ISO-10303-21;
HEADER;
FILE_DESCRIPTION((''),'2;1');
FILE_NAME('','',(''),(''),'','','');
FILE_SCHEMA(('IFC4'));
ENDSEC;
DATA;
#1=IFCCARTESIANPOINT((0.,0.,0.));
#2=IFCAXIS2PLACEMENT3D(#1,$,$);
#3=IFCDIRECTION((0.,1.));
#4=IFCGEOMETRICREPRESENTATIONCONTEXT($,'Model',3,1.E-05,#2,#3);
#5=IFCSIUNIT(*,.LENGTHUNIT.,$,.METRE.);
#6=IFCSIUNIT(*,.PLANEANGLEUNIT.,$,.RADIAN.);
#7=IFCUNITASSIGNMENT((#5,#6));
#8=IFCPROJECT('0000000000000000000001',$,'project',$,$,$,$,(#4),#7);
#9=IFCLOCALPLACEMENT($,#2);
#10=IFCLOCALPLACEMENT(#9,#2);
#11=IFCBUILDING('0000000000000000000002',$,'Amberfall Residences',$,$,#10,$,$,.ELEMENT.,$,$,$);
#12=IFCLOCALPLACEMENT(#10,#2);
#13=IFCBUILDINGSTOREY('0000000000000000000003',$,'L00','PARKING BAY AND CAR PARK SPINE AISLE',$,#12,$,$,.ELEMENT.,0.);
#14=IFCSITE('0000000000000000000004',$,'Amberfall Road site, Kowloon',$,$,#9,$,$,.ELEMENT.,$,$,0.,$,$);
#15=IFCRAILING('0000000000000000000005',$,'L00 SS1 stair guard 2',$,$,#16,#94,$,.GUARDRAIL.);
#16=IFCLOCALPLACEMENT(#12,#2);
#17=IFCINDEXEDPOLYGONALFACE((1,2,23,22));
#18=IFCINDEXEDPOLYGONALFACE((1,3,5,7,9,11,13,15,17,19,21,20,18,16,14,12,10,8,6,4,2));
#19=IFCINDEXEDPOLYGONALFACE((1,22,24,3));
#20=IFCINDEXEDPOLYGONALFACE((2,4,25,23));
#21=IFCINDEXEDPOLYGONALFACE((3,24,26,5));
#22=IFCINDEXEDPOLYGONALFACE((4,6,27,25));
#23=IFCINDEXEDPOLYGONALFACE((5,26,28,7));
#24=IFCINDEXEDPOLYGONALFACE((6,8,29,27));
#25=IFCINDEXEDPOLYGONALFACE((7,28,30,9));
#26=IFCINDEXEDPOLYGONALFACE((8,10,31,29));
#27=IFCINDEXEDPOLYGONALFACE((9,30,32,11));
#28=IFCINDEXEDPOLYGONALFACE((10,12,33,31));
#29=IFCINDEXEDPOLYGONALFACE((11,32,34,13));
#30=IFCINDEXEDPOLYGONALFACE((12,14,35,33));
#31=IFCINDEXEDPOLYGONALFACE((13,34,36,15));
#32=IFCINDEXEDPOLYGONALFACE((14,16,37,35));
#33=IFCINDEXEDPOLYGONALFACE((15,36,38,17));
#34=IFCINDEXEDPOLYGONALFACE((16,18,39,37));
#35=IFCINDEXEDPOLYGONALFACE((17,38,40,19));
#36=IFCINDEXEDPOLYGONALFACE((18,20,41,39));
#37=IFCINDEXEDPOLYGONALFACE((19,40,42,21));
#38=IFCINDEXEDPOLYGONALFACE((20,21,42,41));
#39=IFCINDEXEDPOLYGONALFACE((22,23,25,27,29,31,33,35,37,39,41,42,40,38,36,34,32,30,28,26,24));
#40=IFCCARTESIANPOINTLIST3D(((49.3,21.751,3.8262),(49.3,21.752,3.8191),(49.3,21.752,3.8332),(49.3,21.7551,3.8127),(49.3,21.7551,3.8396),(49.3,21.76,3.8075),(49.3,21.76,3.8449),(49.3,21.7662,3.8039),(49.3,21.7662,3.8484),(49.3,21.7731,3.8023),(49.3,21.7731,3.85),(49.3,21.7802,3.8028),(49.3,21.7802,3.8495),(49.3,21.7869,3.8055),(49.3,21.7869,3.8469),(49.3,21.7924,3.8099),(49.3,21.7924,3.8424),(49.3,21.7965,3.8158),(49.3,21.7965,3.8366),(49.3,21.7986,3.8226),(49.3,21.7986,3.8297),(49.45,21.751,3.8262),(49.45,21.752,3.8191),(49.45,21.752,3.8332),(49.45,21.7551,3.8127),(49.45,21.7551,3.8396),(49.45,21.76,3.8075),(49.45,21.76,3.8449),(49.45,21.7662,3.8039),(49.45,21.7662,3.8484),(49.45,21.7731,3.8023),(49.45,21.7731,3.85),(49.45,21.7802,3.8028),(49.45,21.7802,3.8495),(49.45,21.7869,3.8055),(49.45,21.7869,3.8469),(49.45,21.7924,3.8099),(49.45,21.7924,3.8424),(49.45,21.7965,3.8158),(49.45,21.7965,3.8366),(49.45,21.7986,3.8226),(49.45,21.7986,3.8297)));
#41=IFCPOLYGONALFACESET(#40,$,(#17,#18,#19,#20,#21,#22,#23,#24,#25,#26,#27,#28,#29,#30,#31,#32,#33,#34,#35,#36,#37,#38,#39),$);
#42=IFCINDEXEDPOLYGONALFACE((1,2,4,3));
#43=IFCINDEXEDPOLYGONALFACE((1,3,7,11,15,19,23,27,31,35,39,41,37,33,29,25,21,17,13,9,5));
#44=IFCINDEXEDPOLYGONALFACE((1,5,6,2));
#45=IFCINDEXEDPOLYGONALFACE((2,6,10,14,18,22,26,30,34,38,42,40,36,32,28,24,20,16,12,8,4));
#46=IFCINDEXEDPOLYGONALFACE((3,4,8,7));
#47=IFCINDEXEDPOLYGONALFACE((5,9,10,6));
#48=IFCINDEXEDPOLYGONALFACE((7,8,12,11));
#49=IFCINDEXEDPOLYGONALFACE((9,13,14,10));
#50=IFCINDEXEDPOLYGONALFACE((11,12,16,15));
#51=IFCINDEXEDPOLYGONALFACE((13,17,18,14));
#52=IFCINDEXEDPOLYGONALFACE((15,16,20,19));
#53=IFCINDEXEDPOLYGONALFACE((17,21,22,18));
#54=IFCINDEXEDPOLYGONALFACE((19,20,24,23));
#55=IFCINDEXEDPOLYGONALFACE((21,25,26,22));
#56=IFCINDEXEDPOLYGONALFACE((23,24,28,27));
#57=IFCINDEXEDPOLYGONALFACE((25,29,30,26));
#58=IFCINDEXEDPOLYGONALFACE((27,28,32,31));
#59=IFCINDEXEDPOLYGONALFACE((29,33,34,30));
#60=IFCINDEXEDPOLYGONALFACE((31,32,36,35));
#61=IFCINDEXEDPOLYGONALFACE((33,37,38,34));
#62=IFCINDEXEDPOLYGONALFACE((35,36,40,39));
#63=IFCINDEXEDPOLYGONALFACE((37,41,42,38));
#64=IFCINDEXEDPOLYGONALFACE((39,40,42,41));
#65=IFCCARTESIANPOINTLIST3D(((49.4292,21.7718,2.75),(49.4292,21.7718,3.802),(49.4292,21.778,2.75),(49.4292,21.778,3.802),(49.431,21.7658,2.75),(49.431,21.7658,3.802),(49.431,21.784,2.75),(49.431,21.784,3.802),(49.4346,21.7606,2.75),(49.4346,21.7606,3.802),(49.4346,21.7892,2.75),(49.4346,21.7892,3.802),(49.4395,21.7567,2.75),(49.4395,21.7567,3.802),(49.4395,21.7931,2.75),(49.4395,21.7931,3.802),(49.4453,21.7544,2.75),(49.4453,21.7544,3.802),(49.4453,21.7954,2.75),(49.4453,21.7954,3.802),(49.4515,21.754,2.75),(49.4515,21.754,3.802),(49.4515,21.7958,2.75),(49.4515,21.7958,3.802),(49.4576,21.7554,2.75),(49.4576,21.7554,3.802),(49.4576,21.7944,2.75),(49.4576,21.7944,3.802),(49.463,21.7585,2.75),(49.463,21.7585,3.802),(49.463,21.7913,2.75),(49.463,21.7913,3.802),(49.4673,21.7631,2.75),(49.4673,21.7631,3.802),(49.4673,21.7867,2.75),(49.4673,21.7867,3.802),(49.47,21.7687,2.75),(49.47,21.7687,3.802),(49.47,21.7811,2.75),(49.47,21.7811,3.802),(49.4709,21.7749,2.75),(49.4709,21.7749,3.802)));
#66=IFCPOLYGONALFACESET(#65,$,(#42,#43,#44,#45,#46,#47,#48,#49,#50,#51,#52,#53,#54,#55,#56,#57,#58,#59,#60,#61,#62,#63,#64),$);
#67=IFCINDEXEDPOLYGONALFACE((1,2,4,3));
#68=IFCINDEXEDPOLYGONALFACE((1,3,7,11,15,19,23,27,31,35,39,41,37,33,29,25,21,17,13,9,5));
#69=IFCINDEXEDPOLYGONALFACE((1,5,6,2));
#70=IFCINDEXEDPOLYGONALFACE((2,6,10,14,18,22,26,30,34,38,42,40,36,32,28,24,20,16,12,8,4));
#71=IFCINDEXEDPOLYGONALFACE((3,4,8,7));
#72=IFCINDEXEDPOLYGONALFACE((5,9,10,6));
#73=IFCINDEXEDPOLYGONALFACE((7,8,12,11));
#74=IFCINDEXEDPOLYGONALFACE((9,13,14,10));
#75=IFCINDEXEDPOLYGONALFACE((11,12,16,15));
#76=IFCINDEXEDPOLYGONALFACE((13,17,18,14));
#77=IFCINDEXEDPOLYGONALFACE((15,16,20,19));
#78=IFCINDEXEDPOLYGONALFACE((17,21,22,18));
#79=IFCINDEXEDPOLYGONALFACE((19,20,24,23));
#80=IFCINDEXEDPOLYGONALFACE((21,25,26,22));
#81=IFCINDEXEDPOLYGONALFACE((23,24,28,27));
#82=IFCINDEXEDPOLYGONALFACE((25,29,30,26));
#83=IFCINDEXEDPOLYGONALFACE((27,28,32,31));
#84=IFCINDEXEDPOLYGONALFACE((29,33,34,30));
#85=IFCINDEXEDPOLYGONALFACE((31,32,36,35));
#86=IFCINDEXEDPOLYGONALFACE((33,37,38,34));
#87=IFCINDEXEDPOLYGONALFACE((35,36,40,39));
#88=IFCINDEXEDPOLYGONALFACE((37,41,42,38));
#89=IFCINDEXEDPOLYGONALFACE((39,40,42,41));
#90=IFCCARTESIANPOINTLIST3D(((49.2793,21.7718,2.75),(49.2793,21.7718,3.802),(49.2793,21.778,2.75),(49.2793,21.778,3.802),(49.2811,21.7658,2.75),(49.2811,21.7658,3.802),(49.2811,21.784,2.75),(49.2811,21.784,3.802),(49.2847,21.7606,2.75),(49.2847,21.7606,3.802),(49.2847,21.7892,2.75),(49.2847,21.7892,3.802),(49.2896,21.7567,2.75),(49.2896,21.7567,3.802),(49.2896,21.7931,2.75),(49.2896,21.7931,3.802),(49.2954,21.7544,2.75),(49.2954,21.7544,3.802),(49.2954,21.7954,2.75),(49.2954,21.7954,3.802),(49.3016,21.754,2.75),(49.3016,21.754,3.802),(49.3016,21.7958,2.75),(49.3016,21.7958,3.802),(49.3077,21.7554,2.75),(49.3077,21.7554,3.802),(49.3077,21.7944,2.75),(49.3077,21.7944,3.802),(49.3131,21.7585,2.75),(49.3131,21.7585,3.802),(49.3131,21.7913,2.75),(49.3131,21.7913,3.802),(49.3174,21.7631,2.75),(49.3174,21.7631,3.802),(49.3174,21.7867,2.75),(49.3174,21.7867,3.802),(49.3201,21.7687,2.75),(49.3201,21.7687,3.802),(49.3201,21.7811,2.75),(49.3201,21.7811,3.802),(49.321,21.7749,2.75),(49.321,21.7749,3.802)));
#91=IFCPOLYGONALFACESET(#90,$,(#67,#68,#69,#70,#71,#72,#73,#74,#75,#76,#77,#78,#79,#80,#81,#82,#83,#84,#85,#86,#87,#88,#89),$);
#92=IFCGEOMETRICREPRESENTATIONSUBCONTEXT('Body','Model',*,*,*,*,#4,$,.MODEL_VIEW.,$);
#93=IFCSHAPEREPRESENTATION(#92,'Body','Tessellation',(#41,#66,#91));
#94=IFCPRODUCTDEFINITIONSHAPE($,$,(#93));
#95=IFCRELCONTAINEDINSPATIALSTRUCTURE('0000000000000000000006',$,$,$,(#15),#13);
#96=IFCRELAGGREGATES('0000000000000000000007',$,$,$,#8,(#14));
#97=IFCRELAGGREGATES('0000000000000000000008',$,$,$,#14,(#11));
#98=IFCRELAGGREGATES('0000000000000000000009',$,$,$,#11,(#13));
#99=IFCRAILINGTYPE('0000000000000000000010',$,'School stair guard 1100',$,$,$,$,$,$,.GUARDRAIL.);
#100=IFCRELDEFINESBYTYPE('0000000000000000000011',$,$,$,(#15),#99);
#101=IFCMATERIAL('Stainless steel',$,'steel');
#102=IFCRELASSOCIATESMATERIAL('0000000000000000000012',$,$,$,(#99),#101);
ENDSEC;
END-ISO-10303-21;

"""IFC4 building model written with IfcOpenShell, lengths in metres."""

from ifc_helpers import new_model, si_unit, direction, frame, origin, origin_2d, place, context, subcontext, project, spatial, circle, extrude, material, type_object, element, save


model = new_model("IFC4")

# Units and contexts
model_context = context("Model", 3, precision=1e-05, world=origin(), true_north=direction((0.0, 1.0)))
body_context = subcontext(model_context, "Body", "Model", "MODEL_VIEW")
ifc_project = project(units=[si_unit("LENGTHUNIT", "METRE"), si_unit("PLANEANGLEUNIT", "RADIAN")], contexts=[model_context])

# Site, building, storey
site_placement = place(None, origin())
site = spatial("IfcSite", under=ifc_project, at=site_placement, Name="Amberfall Road site, Kowloon", CompositionType="ELEMENT", RefElevation=0.0)
building_placement = place(site_placement, origin())
building = spatial("IfcBuilding", under=site, at=building_placement, Name="Amberfall Residences", CompositionType="ELEMENT")
storey_placement = place(building_placement, origin())
storey = spatial("IfcBuildingStorey", under=building, at=storey_placement, Name="L00", Description="PARKING BAY AND CAR PARK SPINE AISLE", CompositionType="ELEMENT", Elevation=0.0)

# Railing
ifc_material_1 = material(Name="Stainless steel", Category="steel")
railing_type_1 = type_object("IfcRailingType", Name="School stair guard 1100", PredefinedType="GUARDRAIL", material=ifc_material_1)
railing_1_placement = place(storey_placement, frame((49.45, 21.7749, 2.75)))
element("IfcRailing", 1, at=railing_1_placement, inside=storey, type_object=railing_type_1, Name="L00 SS1 stair guard 2", PredefinedType="GUARDRAIL", context=body_context, shape_type="SweptSolid", body=[
    extrude(circle(Radius=0.0239, at=origin_2d()), frame((0.0, 0.0, 1.0762), z_axis=(-1.0, 0.0, 0.0), x_axis=(0.0, -1.0, 0.0)), (0.0, 0.0, 1.0), 0.1499),
    extrude(circle(Radius=0.021, at=origin_2d()), origin(), (0.0, 0.0, 1.0), 1.052),
    extrude(circle(Radius=0.021, at=origin_2d()), frame((-0.1499, 0.0, 0.0)), (0.0, 0.0, 1.0), 1.052),
])

save(model, "model.ifc")
